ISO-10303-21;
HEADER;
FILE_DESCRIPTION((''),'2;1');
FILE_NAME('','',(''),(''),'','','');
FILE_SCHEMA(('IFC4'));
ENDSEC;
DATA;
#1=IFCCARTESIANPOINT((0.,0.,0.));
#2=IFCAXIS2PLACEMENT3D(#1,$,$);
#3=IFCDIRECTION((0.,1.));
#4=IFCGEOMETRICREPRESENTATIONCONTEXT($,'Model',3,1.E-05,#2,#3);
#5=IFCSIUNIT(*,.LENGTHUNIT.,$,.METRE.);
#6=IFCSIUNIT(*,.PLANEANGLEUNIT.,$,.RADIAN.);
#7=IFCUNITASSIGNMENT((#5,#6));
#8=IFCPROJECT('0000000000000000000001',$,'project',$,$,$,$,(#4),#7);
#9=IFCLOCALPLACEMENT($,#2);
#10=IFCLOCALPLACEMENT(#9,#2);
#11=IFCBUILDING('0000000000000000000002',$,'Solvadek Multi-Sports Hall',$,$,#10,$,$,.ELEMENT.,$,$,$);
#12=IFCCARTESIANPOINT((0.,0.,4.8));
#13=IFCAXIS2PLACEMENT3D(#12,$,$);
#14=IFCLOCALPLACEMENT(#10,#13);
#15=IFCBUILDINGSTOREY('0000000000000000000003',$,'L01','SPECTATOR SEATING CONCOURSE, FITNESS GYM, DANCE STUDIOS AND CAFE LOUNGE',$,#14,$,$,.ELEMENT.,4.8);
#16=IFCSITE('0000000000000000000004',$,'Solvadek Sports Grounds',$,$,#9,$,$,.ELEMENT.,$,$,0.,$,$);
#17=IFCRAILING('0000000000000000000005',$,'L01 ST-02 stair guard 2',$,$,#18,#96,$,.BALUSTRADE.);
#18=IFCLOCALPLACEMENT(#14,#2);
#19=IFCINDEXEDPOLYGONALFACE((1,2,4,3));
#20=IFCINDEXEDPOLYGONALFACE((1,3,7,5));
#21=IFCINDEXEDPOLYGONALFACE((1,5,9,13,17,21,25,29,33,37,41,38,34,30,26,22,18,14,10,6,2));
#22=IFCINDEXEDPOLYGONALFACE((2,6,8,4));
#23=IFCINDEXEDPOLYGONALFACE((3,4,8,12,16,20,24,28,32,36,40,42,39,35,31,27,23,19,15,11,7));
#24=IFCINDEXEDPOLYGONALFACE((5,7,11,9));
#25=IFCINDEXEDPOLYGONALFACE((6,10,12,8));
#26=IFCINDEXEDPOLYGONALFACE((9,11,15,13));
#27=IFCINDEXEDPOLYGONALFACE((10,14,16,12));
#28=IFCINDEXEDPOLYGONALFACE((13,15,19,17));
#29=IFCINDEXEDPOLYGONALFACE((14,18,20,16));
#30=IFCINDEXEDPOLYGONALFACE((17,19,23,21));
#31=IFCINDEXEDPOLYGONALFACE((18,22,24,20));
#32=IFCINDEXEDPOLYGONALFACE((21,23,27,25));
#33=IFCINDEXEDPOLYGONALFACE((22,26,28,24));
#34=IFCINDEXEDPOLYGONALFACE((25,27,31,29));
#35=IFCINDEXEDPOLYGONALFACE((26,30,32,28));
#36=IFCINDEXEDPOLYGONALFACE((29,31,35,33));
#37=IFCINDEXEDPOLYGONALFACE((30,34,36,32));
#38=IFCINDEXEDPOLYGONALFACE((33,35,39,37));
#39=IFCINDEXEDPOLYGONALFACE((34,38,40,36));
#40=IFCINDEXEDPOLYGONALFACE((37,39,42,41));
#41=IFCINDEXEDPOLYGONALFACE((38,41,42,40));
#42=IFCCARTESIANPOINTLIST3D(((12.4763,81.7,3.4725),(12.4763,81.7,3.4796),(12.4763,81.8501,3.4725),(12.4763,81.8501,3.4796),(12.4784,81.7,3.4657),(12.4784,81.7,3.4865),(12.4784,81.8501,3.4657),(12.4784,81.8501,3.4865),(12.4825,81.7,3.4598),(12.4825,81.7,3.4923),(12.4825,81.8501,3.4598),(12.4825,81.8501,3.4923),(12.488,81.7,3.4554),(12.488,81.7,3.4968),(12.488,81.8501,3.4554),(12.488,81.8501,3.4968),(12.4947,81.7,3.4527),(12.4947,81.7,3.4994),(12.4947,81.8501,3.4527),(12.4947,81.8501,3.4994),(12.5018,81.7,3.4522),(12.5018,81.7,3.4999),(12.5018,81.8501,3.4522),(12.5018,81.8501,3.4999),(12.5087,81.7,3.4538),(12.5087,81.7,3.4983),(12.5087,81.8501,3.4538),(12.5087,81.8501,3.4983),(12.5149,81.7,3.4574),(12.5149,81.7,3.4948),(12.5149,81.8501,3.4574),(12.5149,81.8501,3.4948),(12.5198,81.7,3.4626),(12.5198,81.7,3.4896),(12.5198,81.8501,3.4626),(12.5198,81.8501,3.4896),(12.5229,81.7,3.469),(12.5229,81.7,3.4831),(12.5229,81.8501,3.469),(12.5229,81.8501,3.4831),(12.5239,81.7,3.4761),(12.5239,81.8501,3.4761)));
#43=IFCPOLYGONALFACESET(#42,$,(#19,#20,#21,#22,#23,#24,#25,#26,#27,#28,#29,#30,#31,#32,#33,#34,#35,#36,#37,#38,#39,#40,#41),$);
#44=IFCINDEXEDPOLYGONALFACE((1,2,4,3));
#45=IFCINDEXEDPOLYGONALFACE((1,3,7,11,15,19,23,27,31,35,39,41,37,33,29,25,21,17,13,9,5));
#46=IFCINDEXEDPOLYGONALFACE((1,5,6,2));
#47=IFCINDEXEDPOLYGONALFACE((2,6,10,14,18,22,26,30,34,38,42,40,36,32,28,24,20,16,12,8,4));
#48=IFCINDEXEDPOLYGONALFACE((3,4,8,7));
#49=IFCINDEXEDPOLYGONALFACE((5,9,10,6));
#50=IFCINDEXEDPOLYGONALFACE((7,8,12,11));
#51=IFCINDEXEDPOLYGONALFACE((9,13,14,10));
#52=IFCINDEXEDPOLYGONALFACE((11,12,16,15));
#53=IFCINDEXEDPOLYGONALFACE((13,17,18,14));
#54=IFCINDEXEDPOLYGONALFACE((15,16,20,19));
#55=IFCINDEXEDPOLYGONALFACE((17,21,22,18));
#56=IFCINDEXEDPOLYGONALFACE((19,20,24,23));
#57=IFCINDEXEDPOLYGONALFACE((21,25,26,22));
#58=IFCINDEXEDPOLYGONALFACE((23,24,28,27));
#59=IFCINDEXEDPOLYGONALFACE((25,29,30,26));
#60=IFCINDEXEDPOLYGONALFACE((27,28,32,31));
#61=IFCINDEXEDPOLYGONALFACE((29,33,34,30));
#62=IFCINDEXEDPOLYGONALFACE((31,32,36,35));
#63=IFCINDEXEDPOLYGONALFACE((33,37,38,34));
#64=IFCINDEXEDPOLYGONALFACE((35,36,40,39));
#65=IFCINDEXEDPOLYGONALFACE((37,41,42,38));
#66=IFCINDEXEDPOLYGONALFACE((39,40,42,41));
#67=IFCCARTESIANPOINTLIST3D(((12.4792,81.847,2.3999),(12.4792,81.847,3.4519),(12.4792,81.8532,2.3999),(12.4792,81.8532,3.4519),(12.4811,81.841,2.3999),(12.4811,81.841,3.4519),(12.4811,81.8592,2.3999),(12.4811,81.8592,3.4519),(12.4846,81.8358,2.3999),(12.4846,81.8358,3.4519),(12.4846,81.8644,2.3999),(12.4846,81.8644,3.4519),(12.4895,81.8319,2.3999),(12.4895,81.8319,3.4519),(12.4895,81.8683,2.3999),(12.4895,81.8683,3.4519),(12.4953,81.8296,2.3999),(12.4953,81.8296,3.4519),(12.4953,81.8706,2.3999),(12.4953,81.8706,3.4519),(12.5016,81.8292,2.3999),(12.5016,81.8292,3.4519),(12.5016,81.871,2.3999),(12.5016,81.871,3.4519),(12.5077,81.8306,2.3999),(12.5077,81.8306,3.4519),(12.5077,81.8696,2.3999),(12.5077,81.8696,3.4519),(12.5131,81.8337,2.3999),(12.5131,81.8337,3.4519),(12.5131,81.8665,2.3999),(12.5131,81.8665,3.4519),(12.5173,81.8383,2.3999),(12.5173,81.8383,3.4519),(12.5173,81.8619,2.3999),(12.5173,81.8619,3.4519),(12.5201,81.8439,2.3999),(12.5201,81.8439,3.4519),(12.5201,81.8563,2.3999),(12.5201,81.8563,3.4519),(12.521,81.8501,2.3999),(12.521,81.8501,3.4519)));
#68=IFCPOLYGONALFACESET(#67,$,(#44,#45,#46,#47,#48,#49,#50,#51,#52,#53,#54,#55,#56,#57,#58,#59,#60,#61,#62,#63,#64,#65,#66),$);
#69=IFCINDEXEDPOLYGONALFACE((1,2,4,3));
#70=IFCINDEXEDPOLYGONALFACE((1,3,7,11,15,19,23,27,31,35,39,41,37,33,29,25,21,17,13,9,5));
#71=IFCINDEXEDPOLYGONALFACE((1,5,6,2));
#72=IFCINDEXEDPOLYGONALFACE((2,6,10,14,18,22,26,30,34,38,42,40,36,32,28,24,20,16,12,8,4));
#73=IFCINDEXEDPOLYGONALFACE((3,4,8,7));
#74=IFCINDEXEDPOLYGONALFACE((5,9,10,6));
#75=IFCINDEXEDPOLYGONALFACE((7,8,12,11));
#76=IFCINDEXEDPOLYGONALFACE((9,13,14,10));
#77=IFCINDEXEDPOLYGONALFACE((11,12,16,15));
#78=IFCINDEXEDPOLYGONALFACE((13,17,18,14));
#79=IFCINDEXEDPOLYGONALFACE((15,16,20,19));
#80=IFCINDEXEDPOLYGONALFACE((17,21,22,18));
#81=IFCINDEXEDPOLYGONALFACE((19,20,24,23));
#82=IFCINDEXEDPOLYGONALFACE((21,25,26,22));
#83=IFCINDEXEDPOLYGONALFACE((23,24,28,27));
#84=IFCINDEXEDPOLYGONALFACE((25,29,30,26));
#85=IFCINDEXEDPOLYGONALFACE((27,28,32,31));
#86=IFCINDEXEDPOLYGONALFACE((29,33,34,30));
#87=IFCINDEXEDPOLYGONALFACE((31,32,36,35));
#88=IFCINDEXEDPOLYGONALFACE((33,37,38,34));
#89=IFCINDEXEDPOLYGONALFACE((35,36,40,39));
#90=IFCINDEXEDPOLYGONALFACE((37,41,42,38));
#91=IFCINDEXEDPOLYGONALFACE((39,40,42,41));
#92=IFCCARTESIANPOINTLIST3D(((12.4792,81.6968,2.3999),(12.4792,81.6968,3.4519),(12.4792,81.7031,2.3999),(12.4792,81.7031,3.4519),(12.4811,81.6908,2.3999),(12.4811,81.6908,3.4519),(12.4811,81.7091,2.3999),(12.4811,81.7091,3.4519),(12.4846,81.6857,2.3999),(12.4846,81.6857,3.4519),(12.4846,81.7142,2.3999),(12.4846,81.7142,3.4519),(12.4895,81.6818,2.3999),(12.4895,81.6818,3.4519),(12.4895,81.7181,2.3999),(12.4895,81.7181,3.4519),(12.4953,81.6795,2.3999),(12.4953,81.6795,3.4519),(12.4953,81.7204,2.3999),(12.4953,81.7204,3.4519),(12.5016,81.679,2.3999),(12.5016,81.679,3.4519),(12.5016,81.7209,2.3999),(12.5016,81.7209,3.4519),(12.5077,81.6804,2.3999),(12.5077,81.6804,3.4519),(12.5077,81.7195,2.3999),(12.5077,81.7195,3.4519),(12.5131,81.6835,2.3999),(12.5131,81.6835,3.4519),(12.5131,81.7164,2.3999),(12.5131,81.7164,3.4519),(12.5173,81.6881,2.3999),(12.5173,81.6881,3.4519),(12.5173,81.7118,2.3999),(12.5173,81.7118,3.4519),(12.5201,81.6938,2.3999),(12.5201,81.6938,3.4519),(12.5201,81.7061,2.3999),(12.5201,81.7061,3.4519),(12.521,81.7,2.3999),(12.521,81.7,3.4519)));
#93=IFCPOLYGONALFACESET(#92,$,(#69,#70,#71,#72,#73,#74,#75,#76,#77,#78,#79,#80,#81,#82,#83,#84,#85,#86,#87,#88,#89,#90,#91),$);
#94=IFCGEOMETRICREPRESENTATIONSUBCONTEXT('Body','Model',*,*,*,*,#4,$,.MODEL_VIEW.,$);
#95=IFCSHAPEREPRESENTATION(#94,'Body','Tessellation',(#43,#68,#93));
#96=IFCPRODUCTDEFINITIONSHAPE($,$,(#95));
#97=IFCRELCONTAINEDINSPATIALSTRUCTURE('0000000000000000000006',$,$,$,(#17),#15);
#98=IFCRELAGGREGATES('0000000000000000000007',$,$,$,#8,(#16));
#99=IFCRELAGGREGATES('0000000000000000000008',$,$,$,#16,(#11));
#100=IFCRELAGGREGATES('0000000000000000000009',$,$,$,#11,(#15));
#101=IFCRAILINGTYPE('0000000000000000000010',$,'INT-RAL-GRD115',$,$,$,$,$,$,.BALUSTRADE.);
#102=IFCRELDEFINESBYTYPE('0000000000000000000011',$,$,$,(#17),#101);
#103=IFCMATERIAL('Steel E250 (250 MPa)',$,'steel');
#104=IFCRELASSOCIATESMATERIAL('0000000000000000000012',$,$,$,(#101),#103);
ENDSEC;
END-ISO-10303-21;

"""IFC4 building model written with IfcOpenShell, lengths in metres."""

from ifc_helpers import new_model, si_unit, direction, frame, origin, origin_2d, place, context, subcontext, project, spatial, circle, extrude, material, type_object, element, save


model = new_model("IFC4")

# Units and contexts
model_context = context("Model", 3, precision=1e-05, world=origin(), true_north=direction((0.0, 1.0)))
body_context = subcontext(model_context, "Body", "Model", "MODEL_VIEW")
ifc_project = project(units=[si_unit("LENGTHUNIT", "METRE"), si_unit("PLANEANGLEUNIT", "RADIAN")], contexts=[model_context])

# Site, building, storey
site_placement = place(None, origin())
site = spatial("IfcSite", under=ifc_project, at=site_placement, Name="Solvadek Sports Grounds", CompositionType="ELEMENT", RefElevation=0.0)
building_placement = place(site_placement, origin())
building = spatial("IfcBuilding", under=site, at=building_placement, Name="Solvadek Multi-Sports Hall", CompositionType="ELEMENT")
storey_placement = place(building_placement, frame((0.0, 0.0, 4.8)))
storey = spatial("IfcBuildingStorey", under=building, at=storey_placement, Name="L01", Description="SPECTATOR SEATING CONCOURSE, FITNESS GYM, DANCE STUDIOS AND CAFE LOUNGE", CompositionType="ELEMENT", Elevation=4.8)

# Railing
ifc_material_1 = material(Name="Steel E250 (250 MPa)", Category="steel")
railing_type_1 = type_object("IfcRailingType", Name="INT-RAL-GRD115", PredefinedType="BALUSTRADE", material=ifc_material_1)
railing_1_placement = place(storey_placement, frame((12.5, 81.8501, 2.3999)))
element("IfcRailing", 1, at=railing_1_placement, inside=storey, type_object=railing_type_1, Name="L01 ST-02 stair guard 2", PredefinedType="BALUSTRADE", context=body_context, shape_type="SweptSolid", body=[
    extrude(circle(Radius=0.0239, at=origin_2d()), frame((0.0, 0.0, 1.0762), z_axis=(0.0, -1.0, 0.0), x_axis=(1.0, 0.0, 0.0)), (0.0, 0.0, 1.0), 0.1501),
    extrude(circle(Radius=0.021, at=origin_2d()), origin(), (0.0, 0.0, 1.0), 1.052),
    extrude(circle(Radius=0.021, at=origin_2d()), frame((0.0, -0.1501, 0.0)), (0.0, 0.0, 1.0), 1.052),
])

save(model, "model.ifc")
